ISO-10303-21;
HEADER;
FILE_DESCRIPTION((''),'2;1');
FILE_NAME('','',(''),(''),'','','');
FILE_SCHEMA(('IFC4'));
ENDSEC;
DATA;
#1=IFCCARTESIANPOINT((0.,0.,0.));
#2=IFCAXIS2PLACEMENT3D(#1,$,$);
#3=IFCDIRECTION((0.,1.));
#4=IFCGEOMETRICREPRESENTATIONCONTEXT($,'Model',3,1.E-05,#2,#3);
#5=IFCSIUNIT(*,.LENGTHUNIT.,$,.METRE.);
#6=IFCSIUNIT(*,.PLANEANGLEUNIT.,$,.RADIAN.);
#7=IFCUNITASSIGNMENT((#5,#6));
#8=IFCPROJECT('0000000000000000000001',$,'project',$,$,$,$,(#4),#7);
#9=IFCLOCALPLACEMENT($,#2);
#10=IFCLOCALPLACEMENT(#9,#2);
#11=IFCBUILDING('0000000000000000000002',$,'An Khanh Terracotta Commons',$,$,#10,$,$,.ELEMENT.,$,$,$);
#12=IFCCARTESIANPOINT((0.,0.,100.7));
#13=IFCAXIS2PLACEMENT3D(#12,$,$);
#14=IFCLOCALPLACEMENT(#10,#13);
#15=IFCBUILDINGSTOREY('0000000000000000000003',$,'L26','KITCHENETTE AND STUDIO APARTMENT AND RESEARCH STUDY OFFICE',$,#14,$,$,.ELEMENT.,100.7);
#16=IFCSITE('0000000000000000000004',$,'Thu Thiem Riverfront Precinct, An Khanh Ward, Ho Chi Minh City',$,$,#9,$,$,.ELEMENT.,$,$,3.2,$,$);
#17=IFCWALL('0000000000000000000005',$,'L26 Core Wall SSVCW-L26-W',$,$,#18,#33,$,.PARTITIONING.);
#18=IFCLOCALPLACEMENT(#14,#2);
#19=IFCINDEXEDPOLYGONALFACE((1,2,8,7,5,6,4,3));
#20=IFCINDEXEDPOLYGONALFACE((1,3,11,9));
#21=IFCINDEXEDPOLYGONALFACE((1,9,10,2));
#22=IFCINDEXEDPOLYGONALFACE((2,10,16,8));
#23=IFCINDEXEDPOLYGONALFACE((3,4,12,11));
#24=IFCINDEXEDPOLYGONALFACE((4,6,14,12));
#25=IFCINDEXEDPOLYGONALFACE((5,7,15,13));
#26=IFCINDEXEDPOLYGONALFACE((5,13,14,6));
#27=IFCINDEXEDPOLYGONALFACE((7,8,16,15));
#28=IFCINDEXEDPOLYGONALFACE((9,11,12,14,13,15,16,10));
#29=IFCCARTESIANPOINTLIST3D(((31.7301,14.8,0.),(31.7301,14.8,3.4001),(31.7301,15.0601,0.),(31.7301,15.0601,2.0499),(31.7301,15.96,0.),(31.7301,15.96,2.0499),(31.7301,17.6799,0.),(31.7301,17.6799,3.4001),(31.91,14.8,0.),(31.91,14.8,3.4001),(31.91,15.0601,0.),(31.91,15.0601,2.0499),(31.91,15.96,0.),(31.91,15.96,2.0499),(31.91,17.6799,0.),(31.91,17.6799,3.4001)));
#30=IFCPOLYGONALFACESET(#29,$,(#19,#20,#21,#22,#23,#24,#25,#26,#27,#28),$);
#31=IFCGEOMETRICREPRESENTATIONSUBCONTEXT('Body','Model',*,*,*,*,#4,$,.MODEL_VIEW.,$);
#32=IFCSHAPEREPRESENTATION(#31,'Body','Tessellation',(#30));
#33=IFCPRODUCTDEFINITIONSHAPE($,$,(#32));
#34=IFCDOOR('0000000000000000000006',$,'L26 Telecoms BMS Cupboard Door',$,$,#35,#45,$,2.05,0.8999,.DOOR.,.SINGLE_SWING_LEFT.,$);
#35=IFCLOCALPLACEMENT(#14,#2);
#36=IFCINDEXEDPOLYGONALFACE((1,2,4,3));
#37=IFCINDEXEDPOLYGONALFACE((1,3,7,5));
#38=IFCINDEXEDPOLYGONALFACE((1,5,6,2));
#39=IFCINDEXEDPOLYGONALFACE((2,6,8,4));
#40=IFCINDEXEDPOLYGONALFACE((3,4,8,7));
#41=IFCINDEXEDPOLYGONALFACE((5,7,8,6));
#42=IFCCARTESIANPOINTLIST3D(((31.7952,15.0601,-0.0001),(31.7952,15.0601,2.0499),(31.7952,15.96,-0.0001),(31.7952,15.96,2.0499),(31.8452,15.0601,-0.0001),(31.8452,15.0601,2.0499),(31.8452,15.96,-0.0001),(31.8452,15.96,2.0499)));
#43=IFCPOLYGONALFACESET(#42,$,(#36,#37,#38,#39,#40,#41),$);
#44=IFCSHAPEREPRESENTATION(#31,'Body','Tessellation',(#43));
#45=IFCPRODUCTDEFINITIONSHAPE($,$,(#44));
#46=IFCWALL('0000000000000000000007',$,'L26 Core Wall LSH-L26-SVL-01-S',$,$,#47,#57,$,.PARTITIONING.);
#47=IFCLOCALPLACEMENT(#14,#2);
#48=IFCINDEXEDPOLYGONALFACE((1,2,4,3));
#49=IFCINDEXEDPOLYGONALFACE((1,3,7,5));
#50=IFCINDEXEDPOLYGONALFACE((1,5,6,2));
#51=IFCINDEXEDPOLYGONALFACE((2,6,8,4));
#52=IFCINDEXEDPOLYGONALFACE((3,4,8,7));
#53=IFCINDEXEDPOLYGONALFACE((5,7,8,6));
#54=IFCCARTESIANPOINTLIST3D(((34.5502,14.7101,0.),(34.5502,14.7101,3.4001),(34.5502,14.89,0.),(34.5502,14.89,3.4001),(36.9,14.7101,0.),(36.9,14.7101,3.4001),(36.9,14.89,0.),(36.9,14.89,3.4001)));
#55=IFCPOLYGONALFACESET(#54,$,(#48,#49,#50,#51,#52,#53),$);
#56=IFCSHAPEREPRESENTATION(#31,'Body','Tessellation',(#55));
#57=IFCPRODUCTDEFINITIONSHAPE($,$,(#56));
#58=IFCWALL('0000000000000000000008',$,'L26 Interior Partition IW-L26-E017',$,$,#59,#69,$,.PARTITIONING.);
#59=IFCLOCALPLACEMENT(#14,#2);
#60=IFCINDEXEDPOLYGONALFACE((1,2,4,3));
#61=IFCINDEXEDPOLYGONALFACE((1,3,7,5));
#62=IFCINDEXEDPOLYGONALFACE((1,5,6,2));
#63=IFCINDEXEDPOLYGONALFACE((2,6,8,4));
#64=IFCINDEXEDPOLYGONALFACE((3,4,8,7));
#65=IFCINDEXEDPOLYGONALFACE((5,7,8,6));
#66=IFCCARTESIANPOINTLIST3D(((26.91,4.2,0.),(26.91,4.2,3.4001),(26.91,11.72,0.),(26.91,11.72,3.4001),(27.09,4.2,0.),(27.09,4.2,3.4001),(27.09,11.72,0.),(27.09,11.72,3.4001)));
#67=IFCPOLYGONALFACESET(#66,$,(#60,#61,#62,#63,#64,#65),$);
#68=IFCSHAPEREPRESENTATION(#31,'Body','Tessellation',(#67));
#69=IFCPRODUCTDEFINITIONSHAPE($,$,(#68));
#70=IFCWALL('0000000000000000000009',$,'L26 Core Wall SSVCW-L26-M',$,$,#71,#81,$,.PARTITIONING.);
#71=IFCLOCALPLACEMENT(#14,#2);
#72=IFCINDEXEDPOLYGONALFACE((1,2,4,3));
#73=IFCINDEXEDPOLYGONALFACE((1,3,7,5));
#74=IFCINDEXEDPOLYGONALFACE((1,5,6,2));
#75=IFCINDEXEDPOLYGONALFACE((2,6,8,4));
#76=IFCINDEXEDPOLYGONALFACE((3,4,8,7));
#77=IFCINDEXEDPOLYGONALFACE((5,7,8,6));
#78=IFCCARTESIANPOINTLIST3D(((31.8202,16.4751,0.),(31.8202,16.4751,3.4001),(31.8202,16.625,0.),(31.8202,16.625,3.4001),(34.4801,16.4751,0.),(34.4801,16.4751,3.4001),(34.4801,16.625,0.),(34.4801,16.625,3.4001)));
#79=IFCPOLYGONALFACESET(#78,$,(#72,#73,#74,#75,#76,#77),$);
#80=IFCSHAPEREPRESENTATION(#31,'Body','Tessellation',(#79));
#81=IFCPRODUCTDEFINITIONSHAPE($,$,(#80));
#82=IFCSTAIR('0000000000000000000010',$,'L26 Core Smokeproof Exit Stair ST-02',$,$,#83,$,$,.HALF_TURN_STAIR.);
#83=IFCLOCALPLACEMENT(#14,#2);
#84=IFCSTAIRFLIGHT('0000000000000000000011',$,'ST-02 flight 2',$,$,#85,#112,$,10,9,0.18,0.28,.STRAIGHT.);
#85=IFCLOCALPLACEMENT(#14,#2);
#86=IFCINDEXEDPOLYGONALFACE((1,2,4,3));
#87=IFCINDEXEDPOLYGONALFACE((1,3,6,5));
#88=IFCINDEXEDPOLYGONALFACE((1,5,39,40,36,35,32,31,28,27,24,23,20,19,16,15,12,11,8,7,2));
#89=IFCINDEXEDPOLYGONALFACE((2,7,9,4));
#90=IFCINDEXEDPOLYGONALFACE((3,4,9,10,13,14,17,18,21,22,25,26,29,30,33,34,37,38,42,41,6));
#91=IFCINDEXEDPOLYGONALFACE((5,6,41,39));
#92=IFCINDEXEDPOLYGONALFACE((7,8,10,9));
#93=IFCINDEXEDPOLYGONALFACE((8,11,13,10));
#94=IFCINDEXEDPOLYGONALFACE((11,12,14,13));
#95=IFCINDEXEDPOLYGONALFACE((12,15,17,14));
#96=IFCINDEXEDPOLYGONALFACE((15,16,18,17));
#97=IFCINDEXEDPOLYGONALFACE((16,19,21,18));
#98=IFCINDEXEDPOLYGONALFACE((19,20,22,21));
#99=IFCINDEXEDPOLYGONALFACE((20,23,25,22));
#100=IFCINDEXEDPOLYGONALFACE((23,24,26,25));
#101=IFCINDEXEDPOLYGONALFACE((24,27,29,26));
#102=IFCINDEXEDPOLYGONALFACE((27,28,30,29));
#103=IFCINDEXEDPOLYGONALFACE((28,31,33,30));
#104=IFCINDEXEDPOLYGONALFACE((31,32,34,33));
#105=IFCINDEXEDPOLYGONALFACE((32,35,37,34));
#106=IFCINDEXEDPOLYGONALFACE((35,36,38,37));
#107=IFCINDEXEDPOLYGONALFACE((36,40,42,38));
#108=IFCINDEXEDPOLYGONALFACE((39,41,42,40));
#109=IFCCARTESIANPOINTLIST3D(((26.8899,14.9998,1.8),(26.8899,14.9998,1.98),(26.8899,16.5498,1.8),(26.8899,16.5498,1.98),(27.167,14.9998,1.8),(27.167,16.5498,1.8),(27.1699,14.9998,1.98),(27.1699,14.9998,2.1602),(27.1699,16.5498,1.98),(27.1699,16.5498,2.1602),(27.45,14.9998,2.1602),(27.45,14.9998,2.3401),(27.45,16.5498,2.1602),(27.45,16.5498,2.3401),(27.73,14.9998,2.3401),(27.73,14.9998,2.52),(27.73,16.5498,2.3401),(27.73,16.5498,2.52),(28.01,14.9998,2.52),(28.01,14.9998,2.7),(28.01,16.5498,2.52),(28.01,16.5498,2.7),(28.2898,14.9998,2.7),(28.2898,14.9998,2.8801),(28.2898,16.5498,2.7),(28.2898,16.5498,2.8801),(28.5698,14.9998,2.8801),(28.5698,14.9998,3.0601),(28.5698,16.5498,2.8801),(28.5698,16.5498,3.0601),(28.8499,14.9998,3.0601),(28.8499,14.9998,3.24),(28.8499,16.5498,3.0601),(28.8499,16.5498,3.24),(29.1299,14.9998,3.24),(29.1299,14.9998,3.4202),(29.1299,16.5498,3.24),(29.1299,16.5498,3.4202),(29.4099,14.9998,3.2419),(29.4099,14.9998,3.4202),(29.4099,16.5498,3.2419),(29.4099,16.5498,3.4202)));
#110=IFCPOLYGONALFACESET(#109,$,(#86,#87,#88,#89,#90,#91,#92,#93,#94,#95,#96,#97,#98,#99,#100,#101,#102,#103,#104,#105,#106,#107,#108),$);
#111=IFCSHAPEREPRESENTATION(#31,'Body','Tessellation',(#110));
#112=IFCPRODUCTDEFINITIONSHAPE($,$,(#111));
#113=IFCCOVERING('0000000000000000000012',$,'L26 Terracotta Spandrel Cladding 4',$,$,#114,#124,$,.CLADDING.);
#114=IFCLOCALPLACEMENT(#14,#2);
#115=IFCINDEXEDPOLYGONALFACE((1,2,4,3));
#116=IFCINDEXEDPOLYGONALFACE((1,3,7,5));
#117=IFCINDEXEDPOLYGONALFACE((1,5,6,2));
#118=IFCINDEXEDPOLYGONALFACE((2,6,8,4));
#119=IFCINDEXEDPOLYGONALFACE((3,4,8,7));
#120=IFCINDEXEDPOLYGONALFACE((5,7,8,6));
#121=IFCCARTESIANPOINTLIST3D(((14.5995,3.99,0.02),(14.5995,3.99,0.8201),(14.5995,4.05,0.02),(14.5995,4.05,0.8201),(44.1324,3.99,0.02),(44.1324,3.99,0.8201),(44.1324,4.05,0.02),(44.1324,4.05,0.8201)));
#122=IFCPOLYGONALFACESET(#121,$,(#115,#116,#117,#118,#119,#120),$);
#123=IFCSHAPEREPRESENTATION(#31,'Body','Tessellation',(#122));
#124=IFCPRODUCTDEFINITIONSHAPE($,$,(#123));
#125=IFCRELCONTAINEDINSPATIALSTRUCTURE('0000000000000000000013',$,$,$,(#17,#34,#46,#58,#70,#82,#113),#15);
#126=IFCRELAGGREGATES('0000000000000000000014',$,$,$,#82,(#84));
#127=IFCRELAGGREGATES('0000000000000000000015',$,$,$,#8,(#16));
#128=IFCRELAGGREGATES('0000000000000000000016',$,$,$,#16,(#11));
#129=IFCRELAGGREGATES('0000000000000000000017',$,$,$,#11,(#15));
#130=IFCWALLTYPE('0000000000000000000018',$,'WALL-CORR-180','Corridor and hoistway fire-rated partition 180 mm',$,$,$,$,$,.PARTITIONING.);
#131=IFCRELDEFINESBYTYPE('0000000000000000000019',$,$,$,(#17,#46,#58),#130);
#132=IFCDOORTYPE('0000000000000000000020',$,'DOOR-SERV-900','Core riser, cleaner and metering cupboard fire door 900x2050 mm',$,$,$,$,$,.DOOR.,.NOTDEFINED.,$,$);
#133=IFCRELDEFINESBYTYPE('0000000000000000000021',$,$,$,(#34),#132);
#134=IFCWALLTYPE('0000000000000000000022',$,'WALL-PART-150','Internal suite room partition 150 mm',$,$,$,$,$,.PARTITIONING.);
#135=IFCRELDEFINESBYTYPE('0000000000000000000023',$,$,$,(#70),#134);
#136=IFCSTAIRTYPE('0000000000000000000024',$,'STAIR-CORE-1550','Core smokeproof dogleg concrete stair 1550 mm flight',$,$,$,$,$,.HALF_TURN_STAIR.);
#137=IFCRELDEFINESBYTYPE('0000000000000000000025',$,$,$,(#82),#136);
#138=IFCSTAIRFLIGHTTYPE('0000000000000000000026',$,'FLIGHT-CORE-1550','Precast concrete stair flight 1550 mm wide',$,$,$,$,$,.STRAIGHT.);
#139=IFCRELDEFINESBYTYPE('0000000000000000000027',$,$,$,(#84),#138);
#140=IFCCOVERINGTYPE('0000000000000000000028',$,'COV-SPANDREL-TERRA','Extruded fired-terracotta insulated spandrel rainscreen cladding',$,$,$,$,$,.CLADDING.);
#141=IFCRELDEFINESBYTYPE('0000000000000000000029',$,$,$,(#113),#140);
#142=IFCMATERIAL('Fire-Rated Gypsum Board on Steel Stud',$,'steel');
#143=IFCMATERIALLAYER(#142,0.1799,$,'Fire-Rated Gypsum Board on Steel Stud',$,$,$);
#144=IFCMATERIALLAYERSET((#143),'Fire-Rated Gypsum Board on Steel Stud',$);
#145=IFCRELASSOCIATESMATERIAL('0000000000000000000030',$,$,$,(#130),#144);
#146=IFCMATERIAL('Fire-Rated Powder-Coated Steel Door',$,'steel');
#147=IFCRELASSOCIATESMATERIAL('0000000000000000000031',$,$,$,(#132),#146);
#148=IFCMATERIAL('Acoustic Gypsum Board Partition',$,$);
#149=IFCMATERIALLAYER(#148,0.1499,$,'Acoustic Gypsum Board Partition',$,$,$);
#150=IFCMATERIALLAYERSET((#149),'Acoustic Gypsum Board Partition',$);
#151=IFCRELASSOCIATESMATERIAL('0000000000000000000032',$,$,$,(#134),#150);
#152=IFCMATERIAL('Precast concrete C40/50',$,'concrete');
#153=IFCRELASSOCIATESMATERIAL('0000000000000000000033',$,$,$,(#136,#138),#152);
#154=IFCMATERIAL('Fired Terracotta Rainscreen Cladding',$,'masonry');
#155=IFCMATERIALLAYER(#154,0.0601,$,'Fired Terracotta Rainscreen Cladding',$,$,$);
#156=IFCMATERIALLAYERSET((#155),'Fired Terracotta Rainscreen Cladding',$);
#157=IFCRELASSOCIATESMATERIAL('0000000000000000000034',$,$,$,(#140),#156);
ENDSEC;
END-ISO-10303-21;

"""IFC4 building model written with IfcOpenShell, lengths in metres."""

from ifc_helpers import new_model, si_unit, direction, frame, frame_2d, origin, origin_2d, place, context, subcontext, project, spatial, polyline, rectangle, outline, extrude, material, layer, layer_set, type_object, element, fill, aggregate, save


model = new_model("IFC4")

# Units and contexts
model_context = context("Model", 3, precision=1e-05, world=origin(), true_north=direction((0.0, 1.0)))
body_context = subcontext(model_context, "Body", "Model", "MODEL_VIEW")
ifc_project = project(units=[si_unit("LENGTHUNIT", "METRE"), si_unit("PLANEANGLEUNIT", "RADIAN")], contexts=[model_context])

# Site, building, storey
site_placement = place(None, origin())
site = spatial("IfcSite", under=ifc_project, at=site_placement, Name="Thu Thiem Riverfront Precinct, An Khanh Ward, Ho Chi Minh City", CompositionType="ELEMENT", RefElevation=3.2)
building_placement = place(site_placement, origin())
building = spatial("IfcBuilding", under=site, at=building_placement, Name="An Khanh Terracotta Commons", CompositionType="ELEMENT")
storey_placement = place(building_placement, frame((0.0, 0.0, 100.7)))
storey = spatial("IfcBuildingStorey", under=building, at=storey_placement, Name="L26", Description="KITCHENETTE AND STUDIO APARTMENT AND RESEARCH STUDY OFFICE", CompositionType="ELEMENT", Elevation=100.7)

# Wall, opening, door
ifc_material_1 = material(Name="Fire-Rated Gypsum Board on Steel Stud", Category="steel")
ifc_layer_1 = layer(ifc_material_1, 0.1799, Name="Fire-Rated Gypsum Board on Steel Stud")
ifc_layer_set_1 = layer_set([ifc_layer_1], Name="Fire-Rated Gypsum Board on Steel Stud")
wall_type_1 = type_object("IfcWallType", Name="WALL-CORR-180", Description="Corridor and hoistway fire-rated partition 180 mm", PredefinedType="PARTITIONING", material=ifc_layer_set_1)
wall_1_placement = place(storey_placement, frame((31.8201, 14.8, 0.0), z_axis=(0.0, 0.0, 1.0), x_axis=(0.0, 1.0, 0.0)))
wall_1 = element("IfcWall", 1, at=wall_1_placement, inside=storey, type_object=wall_type_1, Name="L26 Core Wall SSVCW-L26-W", PredefinedType="PARTITIONING", context=body_context, shape_type="SweptSolid", body=[
    extrude(rectangle(XDim=2.8799, YDim=0.1799, at=frame_2d((1.4399, 0.0))), origin(), (0.0, 0.0, 1.0), 3.4001),
])
opening_1_placement = place(wall_1_placement, frame((0.26, 0.0, 0.0)))
opening_1 = element("IfcOpeningElement", 2, at=opening_1_placement, cuts=wall_1, PredefinedType="OPENING", context=body_context, shape_type="SweptSolid", body=[
    extrude(rectangle(XDim=0.8999, YDim=2.05, at=frame_2d((0.45, 1.0249))), frame((0.0, 0.0999, 0.0), z_axis=(0.0, -1.0, 0.0), x_axis=(1.0, 0.0, 0.0)), (0.0, 0.0, 1.0), 0.2),
])
ifc_material_2 = material(Name="Fire-Rated Powder-Coated Steel Door", Category="steel")
door_type_1 = type_object("IfcDoorType", Name="DOOR-SERV-900", Description="Core riser, cleaner and metering cupboard fire door 900x2050 mm", OperationType="NOTDEFINED", PredefinedType="DOOR", material=ifc_material_2)
door_1_placement = place(opening_1_placement, origin())
door_1 = element("IfcDoor", 3, at=door_1_placement, inside=storey, type_object=door_type_1, Name="L26 Telecoms BMS Cupboard Door", OperationType="SINGLE_SWING_LEFT", OverallHeight=2.05, OverallWidth=0.8999, PredefinedType="DOOR", context=body_context, shape_type="SweptSolid", body=[
    extrude(rectangle(XDim=0.8999, YDim=2.05, at=frame_2d((0.45, 1.0249))), frame((0.0, 0.0249, 0.0), z_axis=(0.0, -1.0, 0.0), x_axis=(1.0, 0.0, 0.0)), (0.0, 0.0, 1.0), 0.05),
])
fill(opening_1, door_1)

# Walls
wall_2_placement = place(storey_placement, frame((36.8999, 14.8, 0.0), z_axis=(0.0, 0.0, 1.0), x_axis=(-1.0, 0.0, 0.0)))
element("IfcWall", 4, at=wall_2_placement, inside=storey, type_object=wall_type_1, Name="L26 Core Wall LSH-L26-SVL-01-S", PredefinedType="PARTITIONING", context=body_context, shape_type="SweptSolid", body=[
    extrude(rectangle(XDim=2.3499, YDim=0.1799, at=frame_2d((1.1748, 0.0))), origin(), (0.0, 0.0, 1.0), 3.4001),
])
wall_3_placement = place(storey_placement, frame((27.0, 4.2, 0.0), z_axis=(0.0, 0.0, 1.0), x_axis=(0.0, 1.0, 0.0)))
element("IfcWall", 5, at=wall_3_placement, inside=storey, type_object=wall_type_1, Name="L26 Interior Partition IW-L26-E017", PredefinedType="PARTITIONING", context=body_context, shape_type="SweptSolid", body=[
    extrude(rectangle(XDim=7.52, YDim=0.1799, at=frame_2d((3.76, 0.0))), origin(), (0.0, 0.0, 1.0), 3.4001),
])
ifc_material_3 = material(Name="Acoustic Gypsum Board Partition")
ifc_layer_2 = layer(ifc_material_3, 0.1499, Name="Acoustic Gypsum Board Partition")
ifc_layer_set_2 = layer_set([ifc_layer_2], Name="Acoustic Gypsum Board Partition")
wall_type_2 = type_object("IfcWallType", Name="WALL-PART-150", Description="Internal suite room partition 150 mm", PredefinedType="PARTITIONING", material=ifc_layer_set_2)
wall_4_placement = place(storey_placement, frame((31.8201, 16.55, 0.0), z_axis=(0.0, 0.0, 1.0), x_axis=(1.0, 0.0, 0.0)))
element("IfcWall", 6, at=wall_4_placement, inside=storey, type_object=wall_type_2, Name="L26 Core Wall SSVCW-L26-M", PredefinedType="PARTITIONING", context=body_context, shape_type="SweptSolid", body=[
    extrude(rectangle(XDim=2.6599, YDim=0.1499, at=frame_2d((1.3301, 0.0))), origin(), (0.0, 0.0, 1.0), 3.4001),
])

# Stair, stair flight
ifc_material_4 = material(Name="Precast concrete C40/50", Category="concrete")
stair_type = type_object("IfcStairType", Name="STAIR-CORE-1550", Description="Core smokeproof dogleg concrete stair 1550 mm flight", PredefinedType="HALF_TURN_STAIR", material=ifc_material_4)
stair_placement = place(storey_placement, origin())
stair = element("IfcStair", 7, at=stair_placement, inside=storey, type_object=stair_type, Name="L26 Core Smokeproof Exit Stair ST-02", PredefinedType="HALF_TURN_STAIR")
stair_flight_type = type_object("IfcStairFlightType", Name="FLIGHT-CORE-1550", Description="Precast concrete stair flight 1550 mm wide", PredefinedType="STRAIGHT", material=ifc_material_4)
stair_flight_placement = place(storey_placement, frame((26.8899, 15.7749, 1.8), z_axis=(0.0, 0.0, 1.0), x_axis=(1.0, 0.0, 0.0)))
stair_flight = element("IfcStairFlight", 8, at=stair_flight_placement, type_object=stair_flight_type, Name="ST-02 flight 2", NumberOfRisers=10, NumberOfTreads=9, PredefinedType="STRAIGHT", RiserHeight=0.18, TreadLength=0.28, context=body_context, shape_type="SweptSolid", body=[
    extrude(outline(polyline([(0.0, 0.0), (0.0, 0.1799), (0.28, 0.1799), (0.28, 0.3601), (0.5601, 0.3601), (0.5601, 0.54), (0.8401, 0.54), (0.8401, 0.72), (1.1201, 0.72), (1.1201, 0.8999), (1.3999, 0.8999), (1.3999, 1.0801), (1.6799, 1.0801), (1.6799, 1.26), (1.96, 1.26), (1.96, 1.4399), (2.24, 1.4399), (2.24, 1.6201), (2.52, 1.6201), (2.52, 1.8), (2.52, 1.4419), (0.2771, 0.0), (0.0, 0.0)])), frame((0.0, 0.7749, 0.0), z_axis=(0.0, -1.0, 0.0), x_axis=(1.0, 0.0, 0.0)), (0.0, 0.0, 1.0), 1.55),
])
aggregate(stair, [stair_flight])

# Covering
ifc_material_5 = material(Name="Fired Terracotta Rainscreen Cladding", Category="masonry")
ifc_layer_3 = layer(ifc_material_5, 0.0601, Name="Fired Terracotta Rainscreen Cladding")
ifc_layer_set_3 = layer_set([ifc_layer_3], Name="Fired Terracotta Rainscreen Cladding")
covering_type = type_object("IfcCoveringType", Name="COV-SPANDREL-TERRA", Description="Extruded fired-terracotta insulated spandrel rainscreen cladding", PredefinedType="CLADDING", material=ifc_layer_set_3)
covering_placement = place(storey_placement, frame((29.366, 4.02, 0.02), z_axis=(0.0, 0.0, 1.0), x_axis=(1.0, 0.0, 0.0)))
element("IfcCovering", 9, at=covering_placement, inside=storey, type_object=covering_type, Name="L26 Terracotta Spandrel Cladding 4", PredefinedType="CLADDING", context=body_context, shape_type="SweptSolid", body=[
    extrude(rectangle(XDim=29.533, YDim=0.0601, at=origin_2d()), origin(), (0.0, 0.0, 1.0), 0.8),
])

save(model, "model.ifc")
